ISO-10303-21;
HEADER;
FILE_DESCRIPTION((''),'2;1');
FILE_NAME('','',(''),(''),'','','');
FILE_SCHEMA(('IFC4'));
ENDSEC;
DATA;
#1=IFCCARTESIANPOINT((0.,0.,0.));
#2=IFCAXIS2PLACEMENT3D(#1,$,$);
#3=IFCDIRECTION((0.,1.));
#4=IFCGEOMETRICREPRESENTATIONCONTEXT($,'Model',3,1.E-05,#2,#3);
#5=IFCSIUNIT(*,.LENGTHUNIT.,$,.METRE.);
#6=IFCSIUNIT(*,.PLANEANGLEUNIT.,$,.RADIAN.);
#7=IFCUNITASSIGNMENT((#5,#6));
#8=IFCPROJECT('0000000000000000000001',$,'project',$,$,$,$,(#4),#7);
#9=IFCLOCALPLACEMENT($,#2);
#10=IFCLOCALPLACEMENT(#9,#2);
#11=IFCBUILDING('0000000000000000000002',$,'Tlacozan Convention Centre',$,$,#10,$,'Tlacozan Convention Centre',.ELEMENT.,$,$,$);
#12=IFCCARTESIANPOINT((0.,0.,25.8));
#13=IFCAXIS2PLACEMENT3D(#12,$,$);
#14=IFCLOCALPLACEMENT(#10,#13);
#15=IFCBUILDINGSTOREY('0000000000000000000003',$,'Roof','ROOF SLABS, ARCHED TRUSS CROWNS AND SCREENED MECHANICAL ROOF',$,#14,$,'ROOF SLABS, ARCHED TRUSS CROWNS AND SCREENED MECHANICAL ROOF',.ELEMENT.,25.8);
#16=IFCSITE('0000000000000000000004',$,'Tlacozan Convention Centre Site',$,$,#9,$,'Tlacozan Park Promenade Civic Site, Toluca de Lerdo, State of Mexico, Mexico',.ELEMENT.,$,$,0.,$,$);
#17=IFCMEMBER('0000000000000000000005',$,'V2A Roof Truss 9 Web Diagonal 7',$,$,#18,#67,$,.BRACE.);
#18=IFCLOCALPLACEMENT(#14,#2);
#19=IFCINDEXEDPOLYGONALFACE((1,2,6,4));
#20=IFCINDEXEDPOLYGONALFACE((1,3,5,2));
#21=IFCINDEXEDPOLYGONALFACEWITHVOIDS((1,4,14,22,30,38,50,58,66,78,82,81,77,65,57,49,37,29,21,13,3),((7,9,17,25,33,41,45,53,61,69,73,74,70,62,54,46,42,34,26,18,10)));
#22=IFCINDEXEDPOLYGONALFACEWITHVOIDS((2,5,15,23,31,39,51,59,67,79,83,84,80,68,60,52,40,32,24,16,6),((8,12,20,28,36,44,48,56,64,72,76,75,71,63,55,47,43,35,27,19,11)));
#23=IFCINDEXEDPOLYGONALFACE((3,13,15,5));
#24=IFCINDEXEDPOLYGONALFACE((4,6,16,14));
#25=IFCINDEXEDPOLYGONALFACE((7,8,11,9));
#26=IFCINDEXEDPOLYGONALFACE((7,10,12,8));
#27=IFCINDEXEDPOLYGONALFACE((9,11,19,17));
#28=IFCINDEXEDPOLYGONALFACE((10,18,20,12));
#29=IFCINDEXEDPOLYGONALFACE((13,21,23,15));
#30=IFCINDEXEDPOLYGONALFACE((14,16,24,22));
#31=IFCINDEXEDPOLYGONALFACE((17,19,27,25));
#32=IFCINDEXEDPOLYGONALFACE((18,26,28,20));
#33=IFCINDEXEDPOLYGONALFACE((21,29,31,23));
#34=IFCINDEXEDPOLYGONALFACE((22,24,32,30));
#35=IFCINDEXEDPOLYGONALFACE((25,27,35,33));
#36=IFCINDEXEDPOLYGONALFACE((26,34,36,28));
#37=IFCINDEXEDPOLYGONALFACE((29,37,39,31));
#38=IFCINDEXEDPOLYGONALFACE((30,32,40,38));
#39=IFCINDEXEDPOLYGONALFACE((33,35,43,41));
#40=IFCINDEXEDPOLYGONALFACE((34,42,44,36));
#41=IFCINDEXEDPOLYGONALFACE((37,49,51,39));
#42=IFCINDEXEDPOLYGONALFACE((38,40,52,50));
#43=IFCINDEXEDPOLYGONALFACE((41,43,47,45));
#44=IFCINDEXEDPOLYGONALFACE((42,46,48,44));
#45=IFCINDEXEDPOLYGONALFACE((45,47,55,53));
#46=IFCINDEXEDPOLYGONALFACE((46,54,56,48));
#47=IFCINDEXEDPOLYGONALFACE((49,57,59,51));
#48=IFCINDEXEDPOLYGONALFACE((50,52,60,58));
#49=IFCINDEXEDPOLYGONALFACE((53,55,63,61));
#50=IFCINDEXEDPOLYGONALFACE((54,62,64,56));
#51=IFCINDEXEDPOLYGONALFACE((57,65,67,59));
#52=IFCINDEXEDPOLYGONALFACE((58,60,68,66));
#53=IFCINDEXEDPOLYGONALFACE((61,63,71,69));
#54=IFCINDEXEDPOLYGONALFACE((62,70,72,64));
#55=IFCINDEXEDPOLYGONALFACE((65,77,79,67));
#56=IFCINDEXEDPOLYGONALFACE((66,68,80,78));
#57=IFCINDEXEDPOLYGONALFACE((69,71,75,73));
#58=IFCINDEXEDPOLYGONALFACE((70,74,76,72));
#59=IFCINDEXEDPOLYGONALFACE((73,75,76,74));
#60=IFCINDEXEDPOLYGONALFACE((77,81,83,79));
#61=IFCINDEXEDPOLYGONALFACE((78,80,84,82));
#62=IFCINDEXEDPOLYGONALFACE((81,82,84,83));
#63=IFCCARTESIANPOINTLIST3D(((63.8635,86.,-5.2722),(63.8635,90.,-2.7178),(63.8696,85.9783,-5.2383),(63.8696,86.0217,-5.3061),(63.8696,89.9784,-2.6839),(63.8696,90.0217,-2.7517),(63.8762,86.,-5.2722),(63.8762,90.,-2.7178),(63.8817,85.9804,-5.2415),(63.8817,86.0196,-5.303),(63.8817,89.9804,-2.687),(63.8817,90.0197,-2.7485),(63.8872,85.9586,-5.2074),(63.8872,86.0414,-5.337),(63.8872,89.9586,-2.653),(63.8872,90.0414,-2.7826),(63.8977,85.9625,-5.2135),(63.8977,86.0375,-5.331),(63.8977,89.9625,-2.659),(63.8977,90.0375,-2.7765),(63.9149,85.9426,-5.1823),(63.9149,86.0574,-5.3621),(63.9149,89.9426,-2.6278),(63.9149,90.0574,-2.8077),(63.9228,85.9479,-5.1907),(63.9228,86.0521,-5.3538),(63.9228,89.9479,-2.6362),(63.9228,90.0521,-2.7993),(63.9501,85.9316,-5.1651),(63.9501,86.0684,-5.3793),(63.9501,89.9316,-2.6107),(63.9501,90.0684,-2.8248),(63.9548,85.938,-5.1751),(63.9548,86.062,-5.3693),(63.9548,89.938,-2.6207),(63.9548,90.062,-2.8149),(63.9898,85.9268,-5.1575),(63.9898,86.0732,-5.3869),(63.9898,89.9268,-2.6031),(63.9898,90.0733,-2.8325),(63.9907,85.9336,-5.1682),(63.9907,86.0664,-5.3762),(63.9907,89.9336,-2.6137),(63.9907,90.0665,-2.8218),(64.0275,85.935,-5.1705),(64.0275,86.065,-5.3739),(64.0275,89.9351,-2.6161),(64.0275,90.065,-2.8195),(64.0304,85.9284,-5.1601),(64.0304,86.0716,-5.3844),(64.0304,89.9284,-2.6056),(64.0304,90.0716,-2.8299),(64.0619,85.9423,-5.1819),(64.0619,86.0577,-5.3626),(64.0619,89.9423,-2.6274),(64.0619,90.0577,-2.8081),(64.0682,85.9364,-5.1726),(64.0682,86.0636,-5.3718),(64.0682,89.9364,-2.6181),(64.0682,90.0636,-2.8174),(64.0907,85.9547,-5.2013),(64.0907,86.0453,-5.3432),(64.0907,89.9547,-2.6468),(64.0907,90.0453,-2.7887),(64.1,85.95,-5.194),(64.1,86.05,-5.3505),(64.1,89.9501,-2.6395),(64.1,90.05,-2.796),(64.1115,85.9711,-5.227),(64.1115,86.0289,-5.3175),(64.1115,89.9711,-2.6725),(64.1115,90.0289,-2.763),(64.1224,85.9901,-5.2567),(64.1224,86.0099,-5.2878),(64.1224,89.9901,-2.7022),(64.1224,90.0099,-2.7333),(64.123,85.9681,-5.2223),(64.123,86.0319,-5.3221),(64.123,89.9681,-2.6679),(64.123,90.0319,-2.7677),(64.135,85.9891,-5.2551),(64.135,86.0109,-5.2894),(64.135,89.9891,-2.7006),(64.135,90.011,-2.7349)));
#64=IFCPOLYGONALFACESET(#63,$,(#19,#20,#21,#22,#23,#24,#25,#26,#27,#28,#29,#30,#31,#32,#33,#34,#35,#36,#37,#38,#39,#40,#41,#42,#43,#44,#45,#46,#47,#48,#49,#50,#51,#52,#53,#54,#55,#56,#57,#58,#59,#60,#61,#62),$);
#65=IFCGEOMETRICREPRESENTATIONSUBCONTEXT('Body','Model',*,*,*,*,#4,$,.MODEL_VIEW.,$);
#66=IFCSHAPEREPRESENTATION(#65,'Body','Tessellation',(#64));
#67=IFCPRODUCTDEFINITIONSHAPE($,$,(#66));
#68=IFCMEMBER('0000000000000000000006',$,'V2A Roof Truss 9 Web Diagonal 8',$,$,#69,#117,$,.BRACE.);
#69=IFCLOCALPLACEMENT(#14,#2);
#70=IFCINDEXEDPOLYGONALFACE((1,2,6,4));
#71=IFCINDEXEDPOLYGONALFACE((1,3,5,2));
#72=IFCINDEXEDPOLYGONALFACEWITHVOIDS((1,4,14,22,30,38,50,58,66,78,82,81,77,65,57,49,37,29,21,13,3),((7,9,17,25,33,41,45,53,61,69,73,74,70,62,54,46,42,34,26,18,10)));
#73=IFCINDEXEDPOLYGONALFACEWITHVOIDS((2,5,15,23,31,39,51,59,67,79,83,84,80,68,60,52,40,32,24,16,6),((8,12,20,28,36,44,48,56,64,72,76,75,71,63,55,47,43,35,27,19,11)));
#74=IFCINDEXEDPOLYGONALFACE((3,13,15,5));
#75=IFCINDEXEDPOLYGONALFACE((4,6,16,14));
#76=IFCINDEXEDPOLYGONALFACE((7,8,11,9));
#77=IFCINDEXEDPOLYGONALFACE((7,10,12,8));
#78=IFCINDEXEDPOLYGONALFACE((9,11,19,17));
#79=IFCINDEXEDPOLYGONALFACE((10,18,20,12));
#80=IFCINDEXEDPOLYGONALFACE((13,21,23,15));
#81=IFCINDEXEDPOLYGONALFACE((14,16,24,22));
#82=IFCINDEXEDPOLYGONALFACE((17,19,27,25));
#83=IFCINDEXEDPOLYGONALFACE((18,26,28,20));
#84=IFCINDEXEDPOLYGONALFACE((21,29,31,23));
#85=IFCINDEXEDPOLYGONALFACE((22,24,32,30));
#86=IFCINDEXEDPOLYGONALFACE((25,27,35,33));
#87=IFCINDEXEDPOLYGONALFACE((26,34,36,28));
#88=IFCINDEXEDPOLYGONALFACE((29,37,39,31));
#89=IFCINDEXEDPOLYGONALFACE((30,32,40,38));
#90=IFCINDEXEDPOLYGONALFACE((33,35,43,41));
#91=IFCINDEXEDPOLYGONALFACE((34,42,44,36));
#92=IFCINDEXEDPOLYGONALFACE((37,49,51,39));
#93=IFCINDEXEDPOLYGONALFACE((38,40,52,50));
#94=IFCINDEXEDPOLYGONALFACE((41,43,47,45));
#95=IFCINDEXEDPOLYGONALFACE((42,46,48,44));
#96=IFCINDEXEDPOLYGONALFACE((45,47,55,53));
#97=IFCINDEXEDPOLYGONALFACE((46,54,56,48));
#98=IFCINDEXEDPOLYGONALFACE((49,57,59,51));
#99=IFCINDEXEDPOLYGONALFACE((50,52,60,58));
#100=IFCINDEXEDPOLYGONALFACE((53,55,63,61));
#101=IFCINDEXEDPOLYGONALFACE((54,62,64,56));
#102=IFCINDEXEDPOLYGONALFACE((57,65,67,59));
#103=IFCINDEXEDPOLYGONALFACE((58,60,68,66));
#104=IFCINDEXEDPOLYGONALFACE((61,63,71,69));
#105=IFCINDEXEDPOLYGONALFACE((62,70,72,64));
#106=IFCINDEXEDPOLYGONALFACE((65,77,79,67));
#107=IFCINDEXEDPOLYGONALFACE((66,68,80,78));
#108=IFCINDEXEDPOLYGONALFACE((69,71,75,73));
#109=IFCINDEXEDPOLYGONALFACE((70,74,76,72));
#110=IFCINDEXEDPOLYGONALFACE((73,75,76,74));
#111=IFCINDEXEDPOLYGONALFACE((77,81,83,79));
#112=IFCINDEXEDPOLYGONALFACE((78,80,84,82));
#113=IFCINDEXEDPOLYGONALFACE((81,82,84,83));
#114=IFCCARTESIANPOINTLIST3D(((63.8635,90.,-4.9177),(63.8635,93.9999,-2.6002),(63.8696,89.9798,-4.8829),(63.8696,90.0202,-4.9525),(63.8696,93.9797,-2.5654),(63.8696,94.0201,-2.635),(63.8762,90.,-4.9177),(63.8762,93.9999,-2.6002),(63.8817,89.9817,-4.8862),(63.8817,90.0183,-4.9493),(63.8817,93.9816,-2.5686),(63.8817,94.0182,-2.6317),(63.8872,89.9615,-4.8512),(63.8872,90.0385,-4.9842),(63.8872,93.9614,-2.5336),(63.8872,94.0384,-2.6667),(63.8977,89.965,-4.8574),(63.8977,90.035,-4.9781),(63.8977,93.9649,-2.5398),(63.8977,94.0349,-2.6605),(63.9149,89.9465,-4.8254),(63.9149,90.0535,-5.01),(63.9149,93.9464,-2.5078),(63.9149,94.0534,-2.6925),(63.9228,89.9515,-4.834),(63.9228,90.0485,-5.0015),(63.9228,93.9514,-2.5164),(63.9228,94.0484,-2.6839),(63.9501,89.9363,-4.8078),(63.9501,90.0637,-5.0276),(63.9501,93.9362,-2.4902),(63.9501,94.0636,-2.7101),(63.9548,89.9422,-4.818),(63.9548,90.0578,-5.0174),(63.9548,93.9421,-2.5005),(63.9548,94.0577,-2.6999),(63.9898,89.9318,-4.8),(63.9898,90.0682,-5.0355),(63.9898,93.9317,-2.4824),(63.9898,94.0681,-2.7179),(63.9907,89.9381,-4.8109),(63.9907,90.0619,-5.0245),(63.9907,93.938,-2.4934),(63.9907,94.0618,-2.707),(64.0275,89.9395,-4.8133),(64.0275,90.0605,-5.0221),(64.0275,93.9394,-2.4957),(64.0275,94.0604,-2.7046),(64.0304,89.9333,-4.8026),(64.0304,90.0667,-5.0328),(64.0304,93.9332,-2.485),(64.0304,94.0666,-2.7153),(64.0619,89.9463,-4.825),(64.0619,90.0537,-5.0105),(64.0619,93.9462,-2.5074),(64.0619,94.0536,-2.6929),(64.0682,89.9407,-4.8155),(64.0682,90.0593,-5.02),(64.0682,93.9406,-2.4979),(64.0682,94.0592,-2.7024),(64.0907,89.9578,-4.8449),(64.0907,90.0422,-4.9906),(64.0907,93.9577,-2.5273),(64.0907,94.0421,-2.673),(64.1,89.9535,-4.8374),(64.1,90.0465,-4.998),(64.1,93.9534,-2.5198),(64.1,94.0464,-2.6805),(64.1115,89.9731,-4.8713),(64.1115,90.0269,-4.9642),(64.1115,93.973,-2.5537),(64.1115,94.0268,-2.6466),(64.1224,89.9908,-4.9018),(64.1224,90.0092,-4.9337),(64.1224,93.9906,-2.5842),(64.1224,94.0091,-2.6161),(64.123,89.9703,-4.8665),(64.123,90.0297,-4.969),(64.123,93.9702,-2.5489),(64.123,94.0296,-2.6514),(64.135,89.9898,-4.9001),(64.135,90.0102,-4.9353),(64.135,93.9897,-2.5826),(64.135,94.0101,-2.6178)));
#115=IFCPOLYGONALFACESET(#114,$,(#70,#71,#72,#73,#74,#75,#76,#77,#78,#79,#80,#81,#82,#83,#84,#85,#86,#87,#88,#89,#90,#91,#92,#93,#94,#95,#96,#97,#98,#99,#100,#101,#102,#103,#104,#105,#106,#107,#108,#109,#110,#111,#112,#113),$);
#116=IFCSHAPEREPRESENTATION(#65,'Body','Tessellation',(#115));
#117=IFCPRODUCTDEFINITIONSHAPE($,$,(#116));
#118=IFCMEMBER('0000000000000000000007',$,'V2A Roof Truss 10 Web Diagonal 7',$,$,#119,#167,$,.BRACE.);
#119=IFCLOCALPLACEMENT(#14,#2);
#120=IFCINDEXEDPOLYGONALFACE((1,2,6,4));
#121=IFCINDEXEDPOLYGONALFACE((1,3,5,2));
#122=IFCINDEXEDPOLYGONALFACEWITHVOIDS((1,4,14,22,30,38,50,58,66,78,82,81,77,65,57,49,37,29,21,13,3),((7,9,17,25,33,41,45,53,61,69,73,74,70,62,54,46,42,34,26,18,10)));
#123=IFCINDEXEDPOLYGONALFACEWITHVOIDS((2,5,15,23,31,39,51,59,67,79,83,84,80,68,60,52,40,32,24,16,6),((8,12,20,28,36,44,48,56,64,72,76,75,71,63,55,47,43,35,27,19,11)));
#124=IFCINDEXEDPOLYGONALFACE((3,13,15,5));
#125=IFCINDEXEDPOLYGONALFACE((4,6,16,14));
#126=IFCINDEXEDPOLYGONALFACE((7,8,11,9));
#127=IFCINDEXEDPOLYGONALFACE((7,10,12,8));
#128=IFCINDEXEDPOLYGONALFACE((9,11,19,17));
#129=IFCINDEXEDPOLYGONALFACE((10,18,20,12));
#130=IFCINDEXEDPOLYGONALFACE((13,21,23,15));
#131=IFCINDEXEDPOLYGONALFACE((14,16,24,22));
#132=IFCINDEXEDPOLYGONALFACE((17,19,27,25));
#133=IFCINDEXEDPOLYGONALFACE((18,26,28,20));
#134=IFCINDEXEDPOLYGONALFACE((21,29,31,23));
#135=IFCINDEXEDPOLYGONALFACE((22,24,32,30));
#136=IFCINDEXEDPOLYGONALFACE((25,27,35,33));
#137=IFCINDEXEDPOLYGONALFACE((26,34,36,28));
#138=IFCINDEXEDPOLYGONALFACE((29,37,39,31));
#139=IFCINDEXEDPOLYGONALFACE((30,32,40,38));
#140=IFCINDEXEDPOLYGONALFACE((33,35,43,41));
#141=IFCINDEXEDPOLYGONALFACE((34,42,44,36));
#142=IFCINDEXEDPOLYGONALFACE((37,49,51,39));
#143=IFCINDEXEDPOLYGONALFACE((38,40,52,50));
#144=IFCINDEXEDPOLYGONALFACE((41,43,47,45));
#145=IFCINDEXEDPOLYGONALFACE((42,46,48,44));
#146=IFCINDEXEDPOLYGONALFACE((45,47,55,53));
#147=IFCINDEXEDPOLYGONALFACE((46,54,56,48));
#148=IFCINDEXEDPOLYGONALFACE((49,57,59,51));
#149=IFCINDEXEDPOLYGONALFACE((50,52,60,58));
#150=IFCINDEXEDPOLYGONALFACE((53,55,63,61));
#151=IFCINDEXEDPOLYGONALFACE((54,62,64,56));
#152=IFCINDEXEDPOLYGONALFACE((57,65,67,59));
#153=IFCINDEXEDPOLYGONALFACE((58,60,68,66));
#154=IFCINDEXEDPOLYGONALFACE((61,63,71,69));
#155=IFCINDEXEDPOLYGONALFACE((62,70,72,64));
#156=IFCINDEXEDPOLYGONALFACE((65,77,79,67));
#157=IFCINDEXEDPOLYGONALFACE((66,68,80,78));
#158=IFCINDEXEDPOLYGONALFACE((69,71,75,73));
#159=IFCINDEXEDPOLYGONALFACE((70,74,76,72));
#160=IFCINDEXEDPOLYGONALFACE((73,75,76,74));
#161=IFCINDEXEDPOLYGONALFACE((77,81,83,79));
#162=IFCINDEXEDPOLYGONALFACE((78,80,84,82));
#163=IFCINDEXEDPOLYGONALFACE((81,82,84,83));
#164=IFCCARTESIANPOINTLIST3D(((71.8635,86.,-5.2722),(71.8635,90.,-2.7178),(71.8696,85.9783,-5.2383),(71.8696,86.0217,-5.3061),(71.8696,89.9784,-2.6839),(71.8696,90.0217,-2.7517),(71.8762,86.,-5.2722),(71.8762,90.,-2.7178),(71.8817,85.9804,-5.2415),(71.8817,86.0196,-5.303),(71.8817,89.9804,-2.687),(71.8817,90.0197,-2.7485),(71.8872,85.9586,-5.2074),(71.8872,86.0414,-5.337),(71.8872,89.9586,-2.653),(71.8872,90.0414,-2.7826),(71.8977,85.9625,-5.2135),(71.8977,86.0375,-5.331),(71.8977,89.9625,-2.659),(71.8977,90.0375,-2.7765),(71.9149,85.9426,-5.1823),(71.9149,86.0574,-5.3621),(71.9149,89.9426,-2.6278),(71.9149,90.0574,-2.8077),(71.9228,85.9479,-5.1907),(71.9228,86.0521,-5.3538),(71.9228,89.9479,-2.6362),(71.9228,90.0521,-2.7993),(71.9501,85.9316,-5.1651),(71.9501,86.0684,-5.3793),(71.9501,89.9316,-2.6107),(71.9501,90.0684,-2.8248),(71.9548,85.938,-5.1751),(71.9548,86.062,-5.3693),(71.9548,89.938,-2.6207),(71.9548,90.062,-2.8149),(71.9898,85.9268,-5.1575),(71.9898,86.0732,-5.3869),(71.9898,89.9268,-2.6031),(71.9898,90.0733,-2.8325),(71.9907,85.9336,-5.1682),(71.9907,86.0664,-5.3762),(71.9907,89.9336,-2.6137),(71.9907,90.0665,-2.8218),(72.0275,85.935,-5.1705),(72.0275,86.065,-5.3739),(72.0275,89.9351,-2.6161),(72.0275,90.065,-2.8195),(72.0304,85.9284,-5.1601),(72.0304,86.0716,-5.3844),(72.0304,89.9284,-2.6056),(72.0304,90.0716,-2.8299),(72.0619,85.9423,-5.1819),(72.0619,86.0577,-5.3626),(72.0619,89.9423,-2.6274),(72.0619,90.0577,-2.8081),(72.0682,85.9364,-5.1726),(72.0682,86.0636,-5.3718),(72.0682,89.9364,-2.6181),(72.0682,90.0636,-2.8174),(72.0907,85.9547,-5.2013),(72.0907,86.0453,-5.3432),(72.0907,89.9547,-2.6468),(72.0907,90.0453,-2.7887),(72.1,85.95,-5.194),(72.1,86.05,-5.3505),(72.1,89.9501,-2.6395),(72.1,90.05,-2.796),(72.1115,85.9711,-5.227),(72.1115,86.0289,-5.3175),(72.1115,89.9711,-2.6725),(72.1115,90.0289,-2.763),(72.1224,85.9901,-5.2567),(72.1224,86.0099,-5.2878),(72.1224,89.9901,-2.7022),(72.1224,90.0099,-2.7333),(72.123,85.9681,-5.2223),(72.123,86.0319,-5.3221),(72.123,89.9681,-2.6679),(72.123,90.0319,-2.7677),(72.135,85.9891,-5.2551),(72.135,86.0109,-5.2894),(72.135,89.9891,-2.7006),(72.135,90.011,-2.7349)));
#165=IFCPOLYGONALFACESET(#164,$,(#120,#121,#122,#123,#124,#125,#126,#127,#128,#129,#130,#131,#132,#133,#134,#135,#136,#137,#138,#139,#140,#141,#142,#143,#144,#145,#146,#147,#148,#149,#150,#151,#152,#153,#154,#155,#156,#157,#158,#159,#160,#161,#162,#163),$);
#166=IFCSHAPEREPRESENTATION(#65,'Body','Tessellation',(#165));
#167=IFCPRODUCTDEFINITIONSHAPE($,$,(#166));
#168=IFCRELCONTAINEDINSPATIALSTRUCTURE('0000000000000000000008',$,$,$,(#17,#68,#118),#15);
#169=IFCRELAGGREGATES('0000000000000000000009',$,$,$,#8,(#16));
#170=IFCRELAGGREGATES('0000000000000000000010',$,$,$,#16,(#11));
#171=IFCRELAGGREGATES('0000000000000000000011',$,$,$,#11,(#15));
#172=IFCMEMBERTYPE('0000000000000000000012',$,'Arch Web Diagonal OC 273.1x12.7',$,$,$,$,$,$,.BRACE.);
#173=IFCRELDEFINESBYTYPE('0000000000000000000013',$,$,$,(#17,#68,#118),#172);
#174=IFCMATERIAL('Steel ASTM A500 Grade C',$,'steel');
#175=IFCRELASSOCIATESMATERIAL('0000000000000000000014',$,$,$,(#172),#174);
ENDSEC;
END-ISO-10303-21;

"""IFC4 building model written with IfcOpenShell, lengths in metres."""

from ifc_helpers import new_model, si_unit, direction, frame, origin, origin_2d, place, context, subcontext, project, spatial, hollow_circle, extrude, material, material_profile, profile_set, type_object, element, save


model = new_model("IFC4")

# Units and contexts
model_context = context("Model", 3, precision=1e-05, world=origin(), true_north=direction((0.0, 1.0)))
body_context = subcontext(model_context, "Body", "Model", "MODEL_VIEW")
ifc_project = project(units=[si_unit("LENGTHUNIT", "METRE"), si_unit("PLANEANGLEUNIT", "RADIAN")], contexts=[model_context])

# Site, building, storey
site_placement = place(None, origin())
site = spatial("IfcSite", under=ifc_project, at=site_placement, Name="Tlacozan Convention Centre Site", LongName="Tlacozan Park Promenade Civic Site, Toluca de Lerdo, State of Mexico, Mexico", CompositionType="ELEMENT", RefElevation=0.0)
building_placement = place(site_placement, origin())
building = spatial("IfcBuilding", under=site, at=building_placement, Name="Tlacozan Convention Centre", LongName="Tlacozan Convention Centre", CompositionType="ELEMENT")
storey_placement = place(building_placement, frame((0.0, 0.0, 25.8)))
storey = spatial("IfcBuildingStorey", under=building, at=storey_placement, Name="Roof", Description="ROOF SLABS, ARCHED TRUSS CROWNS AND SCREENED MECHANICAL ROOF", LongName="ROOF SLABS, ARCHED TRUSS CROWNS AND SCREENED MECHANICAL ROOF", CompositionType="ELEMENT", Elevation=25.8)

# Members
ifc_material_1 = material(Name="Steel ASTM A500 Grade C", Category="steel")
ifc_material_profile_1 = material_profile(ifc_material_1, hollow_circle(Radius=0.1365, WallThickness=0.0127, at=origin_2d()), Name="OC 273.1x12.7")
ifc_profile_set_1 = profile_set([ifc_material_profile_1], Name="Steel ASTM A500 Grade C")
member_type_1 = type_object("IfcMemberType", Name="Arch Web Diagonal OC 273.1x12.7", PredefinedType="BRACE", material=ifc_profile_set_1)
member_1_placement = place(storey_placement, frame((64.0, 86.0, -5.2722), z_axis=(0.0, 0.842803, 0.538223), x_axis=(-1.0, 0.0, 0.0)))
element("IfcMember", 1, at=member_1_placement, inside=storey, type_object=member_type_1, Name="V2A Roof Truss 9 Web Diagonal 7", PredefinedType="BRACE", context=body_context, shape_type="SweptSolid", body=[
    extrude(hollow_circle(Radius=0.1365, WallThickness=0.0127, at=origin_2d()), origin(), (0.0, 0.0, 1.0), 4.7461),
])
member_2_placement = place(storey_placement, frame((64.0, 90.0, -4.9177), z_axis=(0.0, 0.865254, 0.501334), x_axis=(-1.0, 0.0, 0.0)))
element("IfcMember", 2, at=member_2_placement, inside=storey, type_object=member_type_1, Name="V2A Roof Truss 9 Web Diagonal 8", PredefinedType="BRACE", context=body_context, shape_type="SweptSolid", body=[
    extrude(hollow_circle(Radius=0.1365, WallThickness=0.0127, at=origin_2d()), origin(), (0.0, 0.0, 1.0), 4.6228),
])
member_3_placement = place(storey_placement, frame((72.0, 86.0, -5.2722), z_axis=(0.0, 0.842803, 0.538223), x_axis=(-1.0, 0.0, 0.0)))
element("IfcMember", 3, at=member_3_placement, inside=storey, type_object=member_type_1, Name="V2A Roof Truss 10 Web Diagonal 7", PredefinedType="BRACE", context=body_context, shape_type="SweptSolid", body=[
    extrude(hollow_circle(Radius=0.1365, WallThickness=0.0127, at=origin_2d()), origin(), (0.0, 0.0, 1.0), 4.7461),
])

save(model, "model.ifc")
